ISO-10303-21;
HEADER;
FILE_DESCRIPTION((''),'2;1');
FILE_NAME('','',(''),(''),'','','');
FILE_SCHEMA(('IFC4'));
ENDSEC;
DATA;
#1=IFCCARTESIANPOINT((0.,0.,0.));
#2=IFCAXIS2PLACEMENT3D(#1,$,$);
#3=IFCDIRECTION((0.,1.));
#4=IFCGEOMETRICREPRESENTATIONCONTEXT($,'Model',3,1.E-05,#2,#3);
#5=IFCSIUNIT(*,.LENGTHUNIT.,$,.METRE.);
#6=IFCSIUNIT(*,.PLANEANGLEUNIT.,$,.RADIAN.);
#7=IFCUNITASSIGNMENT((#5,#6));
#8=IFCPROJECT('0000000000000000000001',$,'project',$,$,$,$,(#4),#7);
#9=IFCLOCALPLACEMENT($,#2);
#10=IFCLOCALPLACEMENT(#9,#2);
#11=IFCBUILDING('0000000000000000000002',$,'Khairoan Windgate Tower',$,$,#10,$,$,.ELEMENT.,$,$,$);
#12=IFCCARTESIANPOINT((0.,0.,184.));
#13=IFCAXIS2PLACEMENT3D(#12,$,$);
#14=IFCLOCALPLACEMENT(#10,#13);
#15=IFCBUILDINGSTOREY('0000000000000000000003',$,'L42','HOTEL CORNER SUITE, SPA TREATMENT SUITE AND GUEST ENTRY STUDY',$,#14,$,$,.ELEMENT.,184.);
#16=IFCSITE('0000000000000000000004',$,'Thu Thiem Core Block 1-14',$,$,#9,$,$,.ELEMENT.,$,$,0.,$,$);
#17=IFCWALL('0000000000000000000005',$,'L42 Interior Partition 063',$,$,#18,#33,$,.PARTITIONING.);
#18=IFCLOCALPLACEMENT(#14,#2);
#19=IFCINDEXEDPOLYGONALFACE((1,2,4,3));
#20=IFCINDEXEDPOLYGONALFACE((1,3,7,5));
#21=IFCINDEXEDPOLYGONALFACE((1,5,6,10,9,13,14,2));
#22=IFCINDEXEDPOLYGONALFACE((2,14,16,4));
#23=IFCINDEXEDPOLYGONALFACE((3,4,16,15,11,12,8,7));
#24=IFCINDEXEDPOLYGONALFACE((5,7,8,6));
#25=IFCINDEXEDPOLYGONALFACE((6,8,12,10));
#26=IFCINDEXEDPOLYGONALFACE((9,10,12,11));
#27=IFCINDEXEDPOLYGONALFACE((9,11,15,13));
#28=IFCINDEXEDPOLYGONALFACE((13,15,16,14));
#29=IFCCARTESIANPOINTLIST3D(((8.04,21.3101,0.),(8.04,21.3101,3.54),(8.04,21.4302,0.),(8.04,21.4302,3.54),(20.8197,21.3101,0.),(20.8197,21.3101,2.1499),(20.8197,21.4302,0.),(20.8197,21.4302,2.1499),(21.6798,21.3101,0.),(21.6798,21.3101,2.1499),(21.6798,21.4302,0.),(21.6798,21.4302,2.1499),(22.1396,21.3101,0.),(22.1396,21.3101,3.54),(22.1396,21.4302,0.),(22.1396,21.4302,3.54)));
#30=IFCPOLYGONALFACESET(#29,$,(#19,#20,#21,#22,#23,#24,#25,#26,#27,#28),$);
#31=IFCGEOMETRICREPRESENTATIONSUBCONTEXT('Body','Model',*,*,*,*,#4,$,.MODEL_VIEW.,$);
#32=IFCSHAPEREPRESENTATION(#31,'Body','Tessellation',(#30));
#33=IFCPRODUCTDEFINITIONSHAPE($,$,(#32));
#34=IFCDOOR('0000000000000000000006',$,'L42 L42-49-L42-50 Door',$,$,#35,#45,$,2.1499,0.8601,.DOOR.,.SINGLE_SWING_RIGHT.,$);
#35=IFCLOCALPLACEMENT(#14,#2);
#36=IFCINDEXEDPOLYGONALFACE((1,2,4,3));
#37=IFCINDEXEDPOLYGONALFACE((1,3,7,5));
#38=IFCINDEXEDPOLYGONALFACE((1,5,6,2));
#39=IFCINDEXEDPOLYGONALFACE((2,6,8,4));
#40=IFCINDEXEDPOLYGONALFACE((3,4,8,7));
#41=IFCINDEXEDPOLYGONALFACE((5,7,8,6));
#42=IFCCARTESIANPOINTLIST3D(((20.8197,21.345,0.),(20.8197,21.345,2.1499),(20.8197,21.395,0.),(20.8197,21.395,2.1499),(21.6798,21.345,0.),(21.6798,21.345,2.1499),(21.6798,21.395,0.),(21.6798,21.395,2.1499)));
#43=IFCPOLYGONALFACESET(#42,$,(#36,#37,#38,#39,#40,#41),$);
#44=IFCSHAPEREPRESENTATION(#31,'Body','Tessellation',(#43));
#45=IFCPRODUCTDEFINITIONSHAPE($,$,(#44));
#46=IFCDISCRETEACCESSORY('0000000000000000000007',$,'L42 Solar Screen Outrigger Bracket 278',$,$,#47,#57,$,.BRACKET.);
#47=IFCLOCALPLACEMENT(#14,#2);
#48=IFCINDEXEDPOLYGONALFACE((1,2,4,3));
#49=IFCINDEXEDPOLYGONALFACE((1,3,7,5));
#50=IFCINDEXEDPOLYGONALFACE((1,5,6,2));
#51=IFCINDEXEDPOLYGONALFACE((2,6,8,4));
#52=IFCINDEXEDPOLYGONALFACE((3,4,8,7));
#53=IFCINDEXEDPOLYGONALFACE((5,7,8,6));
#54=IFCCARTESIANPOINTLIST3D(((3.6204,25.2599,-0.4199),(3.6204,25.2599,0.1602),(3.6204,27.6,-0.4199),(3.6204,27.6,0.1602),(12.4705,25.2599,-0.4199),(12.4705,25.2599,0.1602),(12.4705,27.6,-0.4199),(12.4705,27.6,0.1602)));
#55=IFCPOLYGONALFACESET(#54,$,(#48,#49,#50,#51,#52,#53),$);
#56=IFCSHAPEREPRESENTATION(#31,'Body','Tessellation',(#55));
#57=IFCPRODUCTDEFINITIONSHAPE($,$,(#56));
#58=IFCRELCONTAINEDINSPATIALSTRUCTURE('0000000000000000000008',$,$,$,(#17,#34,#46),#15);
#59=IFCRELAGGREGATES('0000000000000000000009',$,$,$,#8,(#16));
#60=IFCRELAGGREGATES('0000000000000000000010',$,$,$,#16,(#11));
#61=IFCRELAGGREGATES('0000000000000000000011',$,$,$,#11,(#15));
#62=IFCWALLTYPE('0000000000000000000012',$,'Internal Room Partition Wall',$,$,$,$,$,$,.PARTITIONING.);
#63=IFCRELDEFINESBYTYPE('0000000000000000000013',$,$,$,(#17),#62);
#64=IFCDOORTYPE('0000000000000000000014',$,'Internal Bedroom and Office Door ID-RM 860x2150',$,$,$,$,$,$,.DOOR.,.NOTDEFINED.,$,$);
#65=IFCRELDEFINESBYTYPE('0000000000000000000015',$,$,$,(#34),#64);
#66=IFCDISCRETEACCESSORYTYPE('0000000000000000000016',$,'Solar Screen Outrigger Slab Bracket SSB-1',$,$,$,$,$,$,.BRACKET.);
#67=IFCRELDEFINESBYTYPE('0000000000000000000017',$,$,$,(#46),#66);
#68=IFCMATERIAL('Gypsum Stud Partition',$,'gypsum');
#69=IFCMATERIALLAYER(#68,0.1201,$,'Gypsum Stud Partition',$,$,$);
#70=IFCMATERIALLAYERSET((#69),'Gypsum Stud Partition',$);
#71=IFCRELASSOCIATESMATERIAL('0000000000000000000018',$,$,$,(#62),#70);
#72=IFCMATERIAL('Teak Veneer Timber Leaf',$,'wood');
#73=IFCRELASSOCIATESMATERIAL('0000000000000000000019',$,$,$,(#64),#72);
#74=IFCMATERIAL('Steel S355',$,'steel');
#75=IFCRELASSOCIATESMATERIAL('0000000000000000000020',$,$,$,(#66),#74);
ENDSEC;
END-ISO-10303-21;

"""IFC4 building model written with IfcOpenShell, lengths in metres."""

from ifc_helpers import new_model, si_unit, direction, frame, frame_2d, origin, origin_2d, place, context, subcontext, project, spatial, rectangle, extrude, material, layer, layer_set, type_object, element, fill, save


model = new_model("IFC4")

# Units and contexts
model_context = context("Model", 3, precision=1e-05, world=origin(), true_north=direction((0.0, 1.0)))
body_context = subcontext(model_context, "Body", "Model", "MODEL_VIEW")
ifc_project = project(units=[si_unit("LENGTHUNIT", "METRE"), si_unit("PLANEANGLEUNIT", "RADIAN")], contexts=[model_context])

# Site, building, storey
site_placement = place(None, origin())
site = spatial("IfcSite", under=ifc_project, at=site_placement, Name="Thu Thiem Core Block 1-14", CompositionType="ELEMENT", RefElevation=0.0)
building_placement = place(site_placement, origin())
building = spatial("IfcBuilding", under=site, at=building_placement, Name="Khairoan Windgate Tower", CompositionType="ELEMENT")
storey_placement = place(building_placement, frame((0.0, 0.0, 184.0)))
storey = spatial("IfcBuildingStorey", under=building, at=storey_placement, Name="L42", Description="HOTEL CORNER SUITE, SPA TREATMENT SUITE AND GUEST ENTRY STUDY", CompositionType="ELEMENT", Elevation=184.0)

# Wall, opening, door
ifc_material_1 = material(Name="Gypsum Stud Partition", Category="gypsum")
ifc_layer_1 = layer(ifc_material_1, 0.1201, Name="Gypsum Stud Partition")
ifc_layer_set_1 = layer_set([ifc_layer_1], Name="Gypsum Stud Partition")
wall_type_1 = type_object("IfcWallType", Name="Internal Room Partition Wall", PredefinedType="PARTITIONING", material=ifc_layer_set_1)
wall_1_placement = place(storey_placement, frame((8.04, 21.3701, 0.0), z_axis=(0.0, 0.0, 1.0), x_axis=(1.0, 0.0, 0.0)))
wall_1 = element("IfcWall", 1, at=wall_1_placement, inside=storey, type_object=wall_type_1, Name="L42 Interior Partition 063", PredefinedType="PARTITIONING", context=body_context, shape_type="SweptSolid", body=[
    extrude(rectangle(XDim=14.0996, YDim=0.1201, at=frame_2d((7.0498, 0.0))), origin(), (0.0, 0.0, 1.0), 3.54),
])
opening_1_placement = place(wall_1_placement, frame((12.7795, 0.0, 0.0)))
opening_1 = element("IfcOpeningElement", 2, at=opening_1_placement, cuts=wall_1, PredefinedType="OPENING", context=body_context, shape_type="SweptSolid", body=[
    extrude(rectangle(XDim=0.8601, YDim=2.1499, at=frame_2d((0.4302, 1.075))), frame((0.0, 0.0701, 0.0), z_axis=(0.0, -1.0, 0.0), x_axis=(1.0, 0.0, 0.0)), (0.0, 0.0, 1.0), 0.1401),
])
ifc_material_2 = material(Name="Teak Veneer Timber Leaf", Category="wood")
door_type_1 = type_object("IfcDoorType", Name="Internal Bedroom and Office Door ID-RM 860x2150", OperationType="NOTDEFINED", PredefinedType="DOOR", material=ifc_material_2)
door_1_placement = place(opening_1_placement, origin())
door_1 = element("IfcDoor", 3, at=door_1_placement, inside=storey, type_object=door_type_1, Name="L42 L42-49-L42-50 Door", OperationType="SINGLE_SWING_RIGHT", OverallHeight=2.1499, OverallWidth=0.8601, PredefinedType="DOOR", context=body_context, shape_type="SweptSolid", body=[
    extrude(rectangle(XDim=0.8601, YDim=2.1499, at=frame_2d((0.4302, 1.075))), frame((0.0, 0.0249, 0.0), z_axis=(0.0, -1.0, 0.0), x_axis=(1.0, 0.0, 0.0)), (0.0, 0.0, 1.0), 0.05),
])
fill(opening_1, door_1)

# Discrete accessory
ifc_material_3 = material(Name="Steel S355", Category="steel")
discrete_accessory_type = type_object("IfcDiscreteAccessoryType", Name="Solar Screen Outrigger Slab Bracket SSB-1", PredefinedType="BRACKET", material=ifc_material_3)
discrete_accessory_placement = place(storey_placement, frame((8.0454, 26.4299, -0.4199), z_axis=(0.0, 0.0, 1.0), x_axis=(1.0, 0.0, 0.0)))
element("IfcDiscreteAccessory", 4, at=discrete_accessory_placement, inside=storey, type_object=discrete_accessory_type, Name="L42 Solar Screen Outrigger Bracket 278", PredefinedType="BRACKET", context=body_context, shape_type="SweptSolid", body=[
    extrude(rectangle(XDim=8.8501, YDim=2.3401, at=origin_2d()), origin(), (0.0, 0.0, 1.0), 0.5801),
])

save(model, "model.ifc")
